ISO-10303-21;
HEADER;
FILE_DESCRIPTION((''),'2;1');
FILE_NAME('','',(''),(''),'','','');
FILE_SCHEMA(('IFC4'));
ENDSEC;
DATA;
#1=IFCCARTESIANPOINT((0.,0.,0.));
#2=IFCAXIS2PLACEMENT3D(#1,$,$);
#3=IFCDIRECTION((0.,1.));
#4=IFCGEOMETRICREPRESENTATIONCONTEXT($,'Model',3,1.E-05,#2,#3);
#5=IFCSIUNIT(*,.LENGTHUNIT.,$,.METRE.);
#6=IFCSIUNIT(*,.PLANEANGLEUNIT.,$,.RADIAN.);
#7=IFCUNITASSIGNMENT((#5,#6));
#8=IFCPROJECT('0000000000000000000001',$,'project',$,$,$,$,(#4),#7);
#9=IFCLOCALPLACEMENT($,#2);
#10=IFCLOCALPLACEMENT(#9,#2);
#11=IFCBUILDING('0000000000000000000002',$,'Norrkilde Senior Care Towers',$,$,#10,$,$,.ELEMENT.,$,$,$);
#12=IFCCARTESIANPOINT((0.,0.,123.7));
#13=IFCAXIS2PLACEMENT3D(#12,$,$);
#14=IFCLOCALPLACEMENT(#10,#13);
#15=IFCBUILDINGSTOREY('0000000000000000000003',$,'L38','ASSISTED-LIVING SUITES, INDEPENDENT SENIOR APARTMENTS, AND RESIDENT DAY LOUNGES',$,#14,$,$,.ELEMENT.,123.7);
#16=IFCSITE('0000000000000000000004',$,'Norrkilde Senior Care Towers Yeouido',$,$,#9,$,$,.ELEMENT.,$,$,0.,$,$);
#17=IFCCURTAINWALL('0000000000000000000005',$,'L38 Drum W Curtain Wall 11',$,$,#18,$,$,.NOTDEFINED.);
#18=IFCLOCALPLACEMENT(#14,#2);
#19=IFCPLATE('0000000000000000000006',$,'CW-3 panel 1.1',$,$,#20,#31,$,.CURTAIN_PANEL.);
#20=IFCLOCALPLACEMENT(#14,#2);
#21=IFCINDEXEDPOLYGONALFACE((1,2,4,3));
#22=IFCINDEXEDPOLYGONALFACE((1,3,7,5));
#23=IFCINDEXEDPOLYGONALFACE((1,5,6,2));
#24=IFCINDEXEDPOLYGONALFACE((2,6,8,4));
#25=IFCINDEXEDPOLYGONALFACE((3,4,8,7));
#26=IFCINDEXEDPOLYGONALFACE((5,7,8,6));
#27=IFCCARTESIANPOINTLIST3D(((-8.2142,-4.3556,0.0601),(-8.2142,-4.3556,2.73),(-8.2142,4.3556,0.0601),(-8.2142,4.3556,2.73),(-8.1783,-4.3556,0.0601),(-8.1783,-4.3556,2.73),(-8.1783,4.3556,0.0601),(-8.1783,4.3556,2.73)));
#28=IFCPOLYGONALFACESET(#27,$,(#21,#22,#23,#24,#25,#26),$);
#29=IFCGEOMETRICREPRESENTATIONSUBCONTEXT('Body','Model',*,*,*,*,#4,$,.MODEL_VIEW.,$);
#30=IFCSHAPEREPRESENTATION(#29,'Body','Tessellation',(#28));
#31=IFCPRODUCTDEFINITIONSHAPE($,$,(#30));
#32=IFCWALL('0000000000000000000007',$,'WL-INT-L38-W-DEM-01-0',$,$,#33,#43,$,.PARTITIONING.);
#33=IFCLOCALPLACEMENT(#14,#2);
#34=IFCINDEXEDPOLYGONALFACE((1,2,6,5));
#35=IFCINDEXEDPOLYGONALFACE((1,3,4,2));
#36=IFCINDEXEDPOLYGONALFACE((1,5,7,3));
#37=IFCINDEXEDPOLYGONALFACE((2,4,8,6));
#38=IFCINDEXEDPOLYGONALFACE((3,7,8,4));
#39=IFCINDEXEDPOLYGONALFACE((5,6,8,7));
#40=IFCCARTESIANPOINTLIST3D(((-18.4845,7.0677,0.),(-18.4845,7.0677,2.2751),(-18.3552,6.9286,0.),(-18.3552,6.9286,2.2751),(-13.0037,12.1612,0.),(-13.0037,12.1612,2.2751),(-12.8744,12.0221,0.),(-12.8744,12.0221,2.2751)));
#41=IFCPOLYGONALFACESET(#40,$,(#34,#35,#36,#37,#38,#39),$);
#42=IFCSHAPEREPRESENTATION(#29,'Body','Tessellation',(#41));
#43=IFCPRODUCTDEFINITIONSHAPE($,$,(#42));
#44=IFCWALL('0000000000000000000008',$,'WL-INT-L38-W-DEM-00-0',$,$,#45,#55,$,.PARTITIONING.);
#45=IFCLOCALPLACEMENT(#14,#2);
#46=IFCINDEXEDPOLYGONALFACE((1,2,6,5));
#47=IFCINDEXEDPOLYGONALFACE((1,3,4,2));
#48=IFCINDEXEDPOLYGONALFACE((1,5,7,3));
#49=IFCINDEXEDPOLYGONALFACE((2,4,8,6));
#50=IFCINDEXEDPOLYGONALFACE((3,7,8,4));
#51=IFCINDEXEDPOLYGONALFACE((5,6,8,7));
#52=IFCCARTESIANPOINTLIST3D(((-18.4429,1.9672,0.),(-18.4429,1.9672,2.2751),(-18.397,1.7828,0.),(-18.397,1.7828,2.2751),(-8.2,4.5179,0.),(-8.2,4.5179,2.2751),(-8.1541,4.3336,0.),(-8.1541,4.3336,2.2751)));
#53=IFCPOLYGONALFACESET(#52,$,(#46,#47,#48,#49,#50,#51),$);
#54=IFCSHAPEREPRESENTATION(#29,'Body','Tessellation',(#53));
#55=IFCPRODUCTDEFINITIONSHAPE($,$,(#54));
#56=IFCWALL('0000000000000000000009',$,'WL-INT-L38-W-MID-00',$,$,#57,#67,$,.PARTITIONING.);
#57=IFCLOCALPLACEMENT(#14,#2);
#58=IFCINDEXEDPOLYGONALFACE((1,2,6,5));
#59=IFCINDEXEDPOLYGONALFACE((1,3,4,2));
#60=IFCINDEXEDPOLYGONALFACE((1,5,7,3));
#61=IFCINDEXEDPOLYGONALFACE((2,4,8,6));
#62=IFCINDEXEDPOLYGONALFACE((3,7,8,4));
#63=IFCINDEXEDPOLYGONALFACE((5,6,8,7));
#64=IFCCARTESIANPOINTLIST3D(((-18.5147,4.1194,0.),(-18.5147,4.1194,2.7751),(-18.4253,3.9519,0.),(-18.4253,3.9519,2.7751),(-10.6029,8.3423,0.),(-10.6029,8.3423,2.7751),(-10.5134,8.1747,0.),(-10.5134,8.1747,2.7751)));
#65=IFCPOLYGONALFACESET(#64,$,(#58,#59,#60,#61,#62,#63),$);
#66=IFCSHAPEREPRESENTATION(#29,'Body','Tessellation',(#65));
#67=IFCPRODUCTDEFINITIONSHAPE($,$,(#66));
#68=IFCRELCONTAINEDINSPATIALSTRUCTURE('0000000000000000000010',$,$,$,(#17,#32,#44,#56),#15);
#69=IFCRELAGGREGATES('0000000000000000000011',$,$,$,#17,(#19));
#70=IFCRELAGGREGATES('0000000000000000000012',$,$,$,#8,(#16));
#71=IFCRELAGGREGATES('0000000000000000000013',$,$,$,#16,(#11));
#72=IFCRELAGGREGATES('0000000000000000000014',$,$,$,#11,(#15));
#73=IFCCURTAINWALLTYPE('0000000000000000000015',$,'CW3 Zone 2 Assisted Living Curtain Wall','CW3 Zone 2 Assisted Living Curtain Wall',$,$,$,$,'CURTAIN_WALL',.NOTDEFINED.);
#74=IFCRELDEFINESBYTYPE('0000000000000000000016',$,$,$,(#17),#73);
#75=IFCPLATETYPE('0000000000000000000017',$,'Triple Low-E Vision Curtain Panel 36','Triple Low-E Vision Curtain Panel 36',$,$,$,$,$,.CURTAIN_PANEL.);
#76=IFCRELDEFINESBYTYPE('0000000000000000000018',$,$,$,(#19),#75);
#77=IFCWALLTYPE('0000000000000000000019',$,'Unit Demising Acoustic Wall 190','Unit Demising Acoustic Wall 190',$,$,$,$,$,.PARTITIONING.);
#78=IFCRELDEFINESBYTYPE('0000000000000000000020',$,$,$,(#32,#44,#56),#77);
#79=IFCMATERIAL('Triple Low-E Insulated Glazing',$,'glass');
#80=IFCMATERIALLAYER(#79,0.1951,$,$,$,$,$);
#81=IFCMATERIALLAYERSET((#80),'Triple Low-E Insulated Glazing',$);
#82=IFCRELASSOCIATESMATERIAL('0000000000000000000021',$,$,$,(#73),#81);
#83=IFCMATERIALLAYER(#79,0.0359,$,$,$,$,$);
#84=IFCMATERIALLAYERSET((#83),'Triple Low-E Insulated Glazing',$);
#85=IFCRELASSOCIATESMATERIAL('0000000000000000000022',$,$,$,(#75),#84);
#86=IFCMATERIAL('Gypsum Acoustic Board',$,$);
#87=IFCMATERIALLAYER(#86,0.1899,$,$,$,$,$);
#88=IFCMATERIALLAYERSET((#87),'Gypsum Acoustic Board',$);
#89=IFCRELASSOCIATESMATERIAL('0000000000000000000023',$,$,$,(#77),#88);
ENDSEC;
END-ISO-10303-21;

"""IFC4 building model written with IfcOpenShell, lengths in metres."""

from ifc_helpers import new_model, si_unit, direction, frame, frame_2d, origin, origin_2d, place, context, subcontext, project, spatial, rectangle, extrude, source, transform, mapped, material, layer, layer_set, type_object, type_shapes, element, aggregate, save


model = new_model("IFC4")

# Units and contexts
model_context = context("Model", 3, precision=1e-05, world=origin(), true_north=direction((0.0, 1.0)))
body_context = subcontext(model_context, "Body", "Model", "MODEL_VIEW")
ifc_project = project(units=[si_unit("LENGTHUNIT", "METRE"), si_unit("PLANEANGLEUNIT", "RADIAN")], contexts=[model_context])

# Site, building, storey
site_placement = place(None, origin())
site = spatial("IfcSite", under=ifc_project, at=site_placement, Name="Norrkilde Senior Care Towers Yeouido", CompositionType="ELEMENT", RefElevation=0.0)
building_placement = place(site_placement, origin())
building = spatial("IfcBuilding", under=site, at=building_placement, Name="Norrkilde Senior Care Towers", CompositionType="ELEMENT")
storey_placement = place(building_placement, frame((0.0, 0.0, 123.7)))
storey = spatial("IfcBuildingStorey", under=building, at=storey_placement, Name="L38", Description="ASSISTED-LIVING SUITES, INDEPENDENT SENIOR APARTMENTS, AND RESIDENT DAY LOUNGES", CompositionType="ELEMENT", Elevation=123.7)

# Shared definitions
ifc_material_1 = material(Name="Triple Low-E Insulated Glazing", Category="glass")
ifc_layer_1 = layer(ifc_material_1, 0.1951)
ifc_layer_set_1 = layer_set([ifc_layer_1], Name="Triple Low-E Insulated Glazing")
curtain_wall_type = type_object("IfcCurtainWallType", Name="CW3 Zone 2 Assisted Living Curtain Wall", Description="CW3 Zone 2 Assisted Living Curtain Wall", ElementType="CURTAIN_WALL", PredefinedType="NOTDEFINED", material=ifc_layer_set_1)

# Curtain wall
curtain_wall_1_placement = place(storey_placement, origin())
curtain_wall_1 = element("IfcCurtainWall", 1, at=curtain_wall_1_placement, inside=storey, type_object=curtain_wall_type, Name="L38 Drum W Curtain Wall 11", PredefinedType="NOTDEFINED")

# Plate
ifc_layer_2 = layer(ifc_material_1, 0.0359)
ifc_layer_set_2 = layer_set([ifc_layer_2], Name="Triple Low-E Insulated Glazing")
plate_type = type_object("IfcPlateType", Name="Triple Low-E Vision Curtain Panel 36", Description="Triple Low-E Vision Curtain Panel 36", PredefinedType="CURTAIN_PANEL", material=ifc_layer_set_2)
shared_shape_1 = source(origin(), body_context, "Body", "SweptSolid", [
    extrude(rectangle(XDim=8.7112, YDim=0.0359, at=origin_2d()), origin(), (0.0, 0.0, 1.0), 2.6699),
])
plate_1_placement = place(storey_placement, frame((-8.1963, 0.0, 0.0601), z_axis=(0.0, 0.0, 1.0), x_axis=(0.0, -1.0, 0.0)))
plate_1 = element("IfcPlate", 2, at=plate_1_placement, type_object=plate_type, Name="CW-3 panel 1.1", PredefinedType="CURTAIN_PANEL", context=body_context, shape_type="MappedRepresentation", body=[
    mapped(shared_shape_1, transform((0.0, 0.0, 0.0), x_axis=(1.0, 0.0, 0.0), y_axis=(0.0, 1.0, 0.0), z_axis=(0.0, 0.0, 1.0), scale=1.0)),
])
aggregate(curtain_wall_1, [plate_1])

# Walls
ifc_material_2 = material(Name="Gypsum Acoustic Board")
ifc_layer_3 = layer(ifc_material_2, 0.1899)
ifc_layer_set_3 = layer_set([ifc_layer_3], Name="Gypsum Acoustic Board")
wall_type = type_object("IfcWallType", Name="Unit Demising Acoustic Wall 190", Description="Unit Demising Acoustic Wall 190", PredefinedType="PARTITIONING", material=ifc_layer_set_3)
shared_shape_2 = source(origin(), body_context, "Body", "SweptSolid", [
    extrude(rectangle(XDim=7.4822, YDim=0.1899, at=frame_2d((3.7412, 0.0))), origin(), (0.0, 0.0, 1.0), 2.2751),
])
wall_1_placement = place(storey_placement, frame((-18.4199, 6.998, 0.0), z_axis=(0.0, 0.0, 1.0), x_axis=(0.732509, 0.680758, 0.0)))
element("IfcWall", 3, at=wall_1_placement, inside=storey, type_object=wall_type, Name="WL-INT-L38-W-DEM-01-0", PredefinedType="PARTITIONING", context=body_context, shape_type="MappedRepresentation", body=[
    mapped(shared_shape_2, transform((0.0, 0.0, 0.0), x_axis=(1.0, 0.0, 0.0), y_axis=(0.0, 1.0, 0.0), z_axis=(0.0, 0.0, 1.0), scale=1.0)),
])
shared_shape_3 = source(origin(), body_context, "Body", "SweptSolid", [
    extrude(rectangle(XDim=10.5557, YDim=0.1899, at=frame_2d((5.2778, 0.0))), origin(), (0.0, 0.0, 1.0), 2.2751),
])
wall_2_placement = place(storey_placement, frame((-18.4199, 1.875, 0.0), z_axis=(0.0, 0.0, 1.0), x_axis=(0.970364, 0.241648, 0.0)))
element("IfcWall", 4, at=wall_2_placement, inside=storey, type_object=wall_type, Name="WL-INT-L38-W-DEM-00-0", PredefinedType="PARTITIONING", context=body_context, shape_type="MappedRepresentation", body=[
    mapped(shared_shape_3, transform((0.0, 0.0, 0.0), x_axis=(1.0, 0.0, 0.0), y_axis=(0.0, 1.0, 0.0), z_axis=(0.0, 0.0, 1.0), scale=1.0)),
])
shared_shape_4 = source(origin(), body_context, "Body", "SweptSolid", [
    extrude(rectangle(XDim=8.9683, YDim=0.1899, at=frame_2d((4.4841, 0.0))), origin(), (0.0, 0.0, 1.0), 2.7751),
])
type_shapes(wall_type, [shared_shape_2, shared_shape_3, shared_shape_4])
wall_3_placement = place(storey_placement, frame((-18.47, 4.0356, 0.0), z_axis=(0.0, 0.0, 1.0), x_axis=(0.882203, 0.470869, 0.0)))
element("IfcWall", 5, at=wall_3_placement, inside=storey, type_object=wall_type, Name="WL-INT-L38-W-MID-00", PredefinedType="PARTITIONING", context=body_context, shape_type="MappedRepresentation", body=[
    mapped(shared_shape_4, transform((0.0, 0.0, 0.0), x_axis=(1.0, 0.0, 0.0), y_axis=(0.0, 1.0, 0.0), z_axis=(0.0, 0.0, 1.0), scale=1.0)),
])

save(model, "model.ifc")
